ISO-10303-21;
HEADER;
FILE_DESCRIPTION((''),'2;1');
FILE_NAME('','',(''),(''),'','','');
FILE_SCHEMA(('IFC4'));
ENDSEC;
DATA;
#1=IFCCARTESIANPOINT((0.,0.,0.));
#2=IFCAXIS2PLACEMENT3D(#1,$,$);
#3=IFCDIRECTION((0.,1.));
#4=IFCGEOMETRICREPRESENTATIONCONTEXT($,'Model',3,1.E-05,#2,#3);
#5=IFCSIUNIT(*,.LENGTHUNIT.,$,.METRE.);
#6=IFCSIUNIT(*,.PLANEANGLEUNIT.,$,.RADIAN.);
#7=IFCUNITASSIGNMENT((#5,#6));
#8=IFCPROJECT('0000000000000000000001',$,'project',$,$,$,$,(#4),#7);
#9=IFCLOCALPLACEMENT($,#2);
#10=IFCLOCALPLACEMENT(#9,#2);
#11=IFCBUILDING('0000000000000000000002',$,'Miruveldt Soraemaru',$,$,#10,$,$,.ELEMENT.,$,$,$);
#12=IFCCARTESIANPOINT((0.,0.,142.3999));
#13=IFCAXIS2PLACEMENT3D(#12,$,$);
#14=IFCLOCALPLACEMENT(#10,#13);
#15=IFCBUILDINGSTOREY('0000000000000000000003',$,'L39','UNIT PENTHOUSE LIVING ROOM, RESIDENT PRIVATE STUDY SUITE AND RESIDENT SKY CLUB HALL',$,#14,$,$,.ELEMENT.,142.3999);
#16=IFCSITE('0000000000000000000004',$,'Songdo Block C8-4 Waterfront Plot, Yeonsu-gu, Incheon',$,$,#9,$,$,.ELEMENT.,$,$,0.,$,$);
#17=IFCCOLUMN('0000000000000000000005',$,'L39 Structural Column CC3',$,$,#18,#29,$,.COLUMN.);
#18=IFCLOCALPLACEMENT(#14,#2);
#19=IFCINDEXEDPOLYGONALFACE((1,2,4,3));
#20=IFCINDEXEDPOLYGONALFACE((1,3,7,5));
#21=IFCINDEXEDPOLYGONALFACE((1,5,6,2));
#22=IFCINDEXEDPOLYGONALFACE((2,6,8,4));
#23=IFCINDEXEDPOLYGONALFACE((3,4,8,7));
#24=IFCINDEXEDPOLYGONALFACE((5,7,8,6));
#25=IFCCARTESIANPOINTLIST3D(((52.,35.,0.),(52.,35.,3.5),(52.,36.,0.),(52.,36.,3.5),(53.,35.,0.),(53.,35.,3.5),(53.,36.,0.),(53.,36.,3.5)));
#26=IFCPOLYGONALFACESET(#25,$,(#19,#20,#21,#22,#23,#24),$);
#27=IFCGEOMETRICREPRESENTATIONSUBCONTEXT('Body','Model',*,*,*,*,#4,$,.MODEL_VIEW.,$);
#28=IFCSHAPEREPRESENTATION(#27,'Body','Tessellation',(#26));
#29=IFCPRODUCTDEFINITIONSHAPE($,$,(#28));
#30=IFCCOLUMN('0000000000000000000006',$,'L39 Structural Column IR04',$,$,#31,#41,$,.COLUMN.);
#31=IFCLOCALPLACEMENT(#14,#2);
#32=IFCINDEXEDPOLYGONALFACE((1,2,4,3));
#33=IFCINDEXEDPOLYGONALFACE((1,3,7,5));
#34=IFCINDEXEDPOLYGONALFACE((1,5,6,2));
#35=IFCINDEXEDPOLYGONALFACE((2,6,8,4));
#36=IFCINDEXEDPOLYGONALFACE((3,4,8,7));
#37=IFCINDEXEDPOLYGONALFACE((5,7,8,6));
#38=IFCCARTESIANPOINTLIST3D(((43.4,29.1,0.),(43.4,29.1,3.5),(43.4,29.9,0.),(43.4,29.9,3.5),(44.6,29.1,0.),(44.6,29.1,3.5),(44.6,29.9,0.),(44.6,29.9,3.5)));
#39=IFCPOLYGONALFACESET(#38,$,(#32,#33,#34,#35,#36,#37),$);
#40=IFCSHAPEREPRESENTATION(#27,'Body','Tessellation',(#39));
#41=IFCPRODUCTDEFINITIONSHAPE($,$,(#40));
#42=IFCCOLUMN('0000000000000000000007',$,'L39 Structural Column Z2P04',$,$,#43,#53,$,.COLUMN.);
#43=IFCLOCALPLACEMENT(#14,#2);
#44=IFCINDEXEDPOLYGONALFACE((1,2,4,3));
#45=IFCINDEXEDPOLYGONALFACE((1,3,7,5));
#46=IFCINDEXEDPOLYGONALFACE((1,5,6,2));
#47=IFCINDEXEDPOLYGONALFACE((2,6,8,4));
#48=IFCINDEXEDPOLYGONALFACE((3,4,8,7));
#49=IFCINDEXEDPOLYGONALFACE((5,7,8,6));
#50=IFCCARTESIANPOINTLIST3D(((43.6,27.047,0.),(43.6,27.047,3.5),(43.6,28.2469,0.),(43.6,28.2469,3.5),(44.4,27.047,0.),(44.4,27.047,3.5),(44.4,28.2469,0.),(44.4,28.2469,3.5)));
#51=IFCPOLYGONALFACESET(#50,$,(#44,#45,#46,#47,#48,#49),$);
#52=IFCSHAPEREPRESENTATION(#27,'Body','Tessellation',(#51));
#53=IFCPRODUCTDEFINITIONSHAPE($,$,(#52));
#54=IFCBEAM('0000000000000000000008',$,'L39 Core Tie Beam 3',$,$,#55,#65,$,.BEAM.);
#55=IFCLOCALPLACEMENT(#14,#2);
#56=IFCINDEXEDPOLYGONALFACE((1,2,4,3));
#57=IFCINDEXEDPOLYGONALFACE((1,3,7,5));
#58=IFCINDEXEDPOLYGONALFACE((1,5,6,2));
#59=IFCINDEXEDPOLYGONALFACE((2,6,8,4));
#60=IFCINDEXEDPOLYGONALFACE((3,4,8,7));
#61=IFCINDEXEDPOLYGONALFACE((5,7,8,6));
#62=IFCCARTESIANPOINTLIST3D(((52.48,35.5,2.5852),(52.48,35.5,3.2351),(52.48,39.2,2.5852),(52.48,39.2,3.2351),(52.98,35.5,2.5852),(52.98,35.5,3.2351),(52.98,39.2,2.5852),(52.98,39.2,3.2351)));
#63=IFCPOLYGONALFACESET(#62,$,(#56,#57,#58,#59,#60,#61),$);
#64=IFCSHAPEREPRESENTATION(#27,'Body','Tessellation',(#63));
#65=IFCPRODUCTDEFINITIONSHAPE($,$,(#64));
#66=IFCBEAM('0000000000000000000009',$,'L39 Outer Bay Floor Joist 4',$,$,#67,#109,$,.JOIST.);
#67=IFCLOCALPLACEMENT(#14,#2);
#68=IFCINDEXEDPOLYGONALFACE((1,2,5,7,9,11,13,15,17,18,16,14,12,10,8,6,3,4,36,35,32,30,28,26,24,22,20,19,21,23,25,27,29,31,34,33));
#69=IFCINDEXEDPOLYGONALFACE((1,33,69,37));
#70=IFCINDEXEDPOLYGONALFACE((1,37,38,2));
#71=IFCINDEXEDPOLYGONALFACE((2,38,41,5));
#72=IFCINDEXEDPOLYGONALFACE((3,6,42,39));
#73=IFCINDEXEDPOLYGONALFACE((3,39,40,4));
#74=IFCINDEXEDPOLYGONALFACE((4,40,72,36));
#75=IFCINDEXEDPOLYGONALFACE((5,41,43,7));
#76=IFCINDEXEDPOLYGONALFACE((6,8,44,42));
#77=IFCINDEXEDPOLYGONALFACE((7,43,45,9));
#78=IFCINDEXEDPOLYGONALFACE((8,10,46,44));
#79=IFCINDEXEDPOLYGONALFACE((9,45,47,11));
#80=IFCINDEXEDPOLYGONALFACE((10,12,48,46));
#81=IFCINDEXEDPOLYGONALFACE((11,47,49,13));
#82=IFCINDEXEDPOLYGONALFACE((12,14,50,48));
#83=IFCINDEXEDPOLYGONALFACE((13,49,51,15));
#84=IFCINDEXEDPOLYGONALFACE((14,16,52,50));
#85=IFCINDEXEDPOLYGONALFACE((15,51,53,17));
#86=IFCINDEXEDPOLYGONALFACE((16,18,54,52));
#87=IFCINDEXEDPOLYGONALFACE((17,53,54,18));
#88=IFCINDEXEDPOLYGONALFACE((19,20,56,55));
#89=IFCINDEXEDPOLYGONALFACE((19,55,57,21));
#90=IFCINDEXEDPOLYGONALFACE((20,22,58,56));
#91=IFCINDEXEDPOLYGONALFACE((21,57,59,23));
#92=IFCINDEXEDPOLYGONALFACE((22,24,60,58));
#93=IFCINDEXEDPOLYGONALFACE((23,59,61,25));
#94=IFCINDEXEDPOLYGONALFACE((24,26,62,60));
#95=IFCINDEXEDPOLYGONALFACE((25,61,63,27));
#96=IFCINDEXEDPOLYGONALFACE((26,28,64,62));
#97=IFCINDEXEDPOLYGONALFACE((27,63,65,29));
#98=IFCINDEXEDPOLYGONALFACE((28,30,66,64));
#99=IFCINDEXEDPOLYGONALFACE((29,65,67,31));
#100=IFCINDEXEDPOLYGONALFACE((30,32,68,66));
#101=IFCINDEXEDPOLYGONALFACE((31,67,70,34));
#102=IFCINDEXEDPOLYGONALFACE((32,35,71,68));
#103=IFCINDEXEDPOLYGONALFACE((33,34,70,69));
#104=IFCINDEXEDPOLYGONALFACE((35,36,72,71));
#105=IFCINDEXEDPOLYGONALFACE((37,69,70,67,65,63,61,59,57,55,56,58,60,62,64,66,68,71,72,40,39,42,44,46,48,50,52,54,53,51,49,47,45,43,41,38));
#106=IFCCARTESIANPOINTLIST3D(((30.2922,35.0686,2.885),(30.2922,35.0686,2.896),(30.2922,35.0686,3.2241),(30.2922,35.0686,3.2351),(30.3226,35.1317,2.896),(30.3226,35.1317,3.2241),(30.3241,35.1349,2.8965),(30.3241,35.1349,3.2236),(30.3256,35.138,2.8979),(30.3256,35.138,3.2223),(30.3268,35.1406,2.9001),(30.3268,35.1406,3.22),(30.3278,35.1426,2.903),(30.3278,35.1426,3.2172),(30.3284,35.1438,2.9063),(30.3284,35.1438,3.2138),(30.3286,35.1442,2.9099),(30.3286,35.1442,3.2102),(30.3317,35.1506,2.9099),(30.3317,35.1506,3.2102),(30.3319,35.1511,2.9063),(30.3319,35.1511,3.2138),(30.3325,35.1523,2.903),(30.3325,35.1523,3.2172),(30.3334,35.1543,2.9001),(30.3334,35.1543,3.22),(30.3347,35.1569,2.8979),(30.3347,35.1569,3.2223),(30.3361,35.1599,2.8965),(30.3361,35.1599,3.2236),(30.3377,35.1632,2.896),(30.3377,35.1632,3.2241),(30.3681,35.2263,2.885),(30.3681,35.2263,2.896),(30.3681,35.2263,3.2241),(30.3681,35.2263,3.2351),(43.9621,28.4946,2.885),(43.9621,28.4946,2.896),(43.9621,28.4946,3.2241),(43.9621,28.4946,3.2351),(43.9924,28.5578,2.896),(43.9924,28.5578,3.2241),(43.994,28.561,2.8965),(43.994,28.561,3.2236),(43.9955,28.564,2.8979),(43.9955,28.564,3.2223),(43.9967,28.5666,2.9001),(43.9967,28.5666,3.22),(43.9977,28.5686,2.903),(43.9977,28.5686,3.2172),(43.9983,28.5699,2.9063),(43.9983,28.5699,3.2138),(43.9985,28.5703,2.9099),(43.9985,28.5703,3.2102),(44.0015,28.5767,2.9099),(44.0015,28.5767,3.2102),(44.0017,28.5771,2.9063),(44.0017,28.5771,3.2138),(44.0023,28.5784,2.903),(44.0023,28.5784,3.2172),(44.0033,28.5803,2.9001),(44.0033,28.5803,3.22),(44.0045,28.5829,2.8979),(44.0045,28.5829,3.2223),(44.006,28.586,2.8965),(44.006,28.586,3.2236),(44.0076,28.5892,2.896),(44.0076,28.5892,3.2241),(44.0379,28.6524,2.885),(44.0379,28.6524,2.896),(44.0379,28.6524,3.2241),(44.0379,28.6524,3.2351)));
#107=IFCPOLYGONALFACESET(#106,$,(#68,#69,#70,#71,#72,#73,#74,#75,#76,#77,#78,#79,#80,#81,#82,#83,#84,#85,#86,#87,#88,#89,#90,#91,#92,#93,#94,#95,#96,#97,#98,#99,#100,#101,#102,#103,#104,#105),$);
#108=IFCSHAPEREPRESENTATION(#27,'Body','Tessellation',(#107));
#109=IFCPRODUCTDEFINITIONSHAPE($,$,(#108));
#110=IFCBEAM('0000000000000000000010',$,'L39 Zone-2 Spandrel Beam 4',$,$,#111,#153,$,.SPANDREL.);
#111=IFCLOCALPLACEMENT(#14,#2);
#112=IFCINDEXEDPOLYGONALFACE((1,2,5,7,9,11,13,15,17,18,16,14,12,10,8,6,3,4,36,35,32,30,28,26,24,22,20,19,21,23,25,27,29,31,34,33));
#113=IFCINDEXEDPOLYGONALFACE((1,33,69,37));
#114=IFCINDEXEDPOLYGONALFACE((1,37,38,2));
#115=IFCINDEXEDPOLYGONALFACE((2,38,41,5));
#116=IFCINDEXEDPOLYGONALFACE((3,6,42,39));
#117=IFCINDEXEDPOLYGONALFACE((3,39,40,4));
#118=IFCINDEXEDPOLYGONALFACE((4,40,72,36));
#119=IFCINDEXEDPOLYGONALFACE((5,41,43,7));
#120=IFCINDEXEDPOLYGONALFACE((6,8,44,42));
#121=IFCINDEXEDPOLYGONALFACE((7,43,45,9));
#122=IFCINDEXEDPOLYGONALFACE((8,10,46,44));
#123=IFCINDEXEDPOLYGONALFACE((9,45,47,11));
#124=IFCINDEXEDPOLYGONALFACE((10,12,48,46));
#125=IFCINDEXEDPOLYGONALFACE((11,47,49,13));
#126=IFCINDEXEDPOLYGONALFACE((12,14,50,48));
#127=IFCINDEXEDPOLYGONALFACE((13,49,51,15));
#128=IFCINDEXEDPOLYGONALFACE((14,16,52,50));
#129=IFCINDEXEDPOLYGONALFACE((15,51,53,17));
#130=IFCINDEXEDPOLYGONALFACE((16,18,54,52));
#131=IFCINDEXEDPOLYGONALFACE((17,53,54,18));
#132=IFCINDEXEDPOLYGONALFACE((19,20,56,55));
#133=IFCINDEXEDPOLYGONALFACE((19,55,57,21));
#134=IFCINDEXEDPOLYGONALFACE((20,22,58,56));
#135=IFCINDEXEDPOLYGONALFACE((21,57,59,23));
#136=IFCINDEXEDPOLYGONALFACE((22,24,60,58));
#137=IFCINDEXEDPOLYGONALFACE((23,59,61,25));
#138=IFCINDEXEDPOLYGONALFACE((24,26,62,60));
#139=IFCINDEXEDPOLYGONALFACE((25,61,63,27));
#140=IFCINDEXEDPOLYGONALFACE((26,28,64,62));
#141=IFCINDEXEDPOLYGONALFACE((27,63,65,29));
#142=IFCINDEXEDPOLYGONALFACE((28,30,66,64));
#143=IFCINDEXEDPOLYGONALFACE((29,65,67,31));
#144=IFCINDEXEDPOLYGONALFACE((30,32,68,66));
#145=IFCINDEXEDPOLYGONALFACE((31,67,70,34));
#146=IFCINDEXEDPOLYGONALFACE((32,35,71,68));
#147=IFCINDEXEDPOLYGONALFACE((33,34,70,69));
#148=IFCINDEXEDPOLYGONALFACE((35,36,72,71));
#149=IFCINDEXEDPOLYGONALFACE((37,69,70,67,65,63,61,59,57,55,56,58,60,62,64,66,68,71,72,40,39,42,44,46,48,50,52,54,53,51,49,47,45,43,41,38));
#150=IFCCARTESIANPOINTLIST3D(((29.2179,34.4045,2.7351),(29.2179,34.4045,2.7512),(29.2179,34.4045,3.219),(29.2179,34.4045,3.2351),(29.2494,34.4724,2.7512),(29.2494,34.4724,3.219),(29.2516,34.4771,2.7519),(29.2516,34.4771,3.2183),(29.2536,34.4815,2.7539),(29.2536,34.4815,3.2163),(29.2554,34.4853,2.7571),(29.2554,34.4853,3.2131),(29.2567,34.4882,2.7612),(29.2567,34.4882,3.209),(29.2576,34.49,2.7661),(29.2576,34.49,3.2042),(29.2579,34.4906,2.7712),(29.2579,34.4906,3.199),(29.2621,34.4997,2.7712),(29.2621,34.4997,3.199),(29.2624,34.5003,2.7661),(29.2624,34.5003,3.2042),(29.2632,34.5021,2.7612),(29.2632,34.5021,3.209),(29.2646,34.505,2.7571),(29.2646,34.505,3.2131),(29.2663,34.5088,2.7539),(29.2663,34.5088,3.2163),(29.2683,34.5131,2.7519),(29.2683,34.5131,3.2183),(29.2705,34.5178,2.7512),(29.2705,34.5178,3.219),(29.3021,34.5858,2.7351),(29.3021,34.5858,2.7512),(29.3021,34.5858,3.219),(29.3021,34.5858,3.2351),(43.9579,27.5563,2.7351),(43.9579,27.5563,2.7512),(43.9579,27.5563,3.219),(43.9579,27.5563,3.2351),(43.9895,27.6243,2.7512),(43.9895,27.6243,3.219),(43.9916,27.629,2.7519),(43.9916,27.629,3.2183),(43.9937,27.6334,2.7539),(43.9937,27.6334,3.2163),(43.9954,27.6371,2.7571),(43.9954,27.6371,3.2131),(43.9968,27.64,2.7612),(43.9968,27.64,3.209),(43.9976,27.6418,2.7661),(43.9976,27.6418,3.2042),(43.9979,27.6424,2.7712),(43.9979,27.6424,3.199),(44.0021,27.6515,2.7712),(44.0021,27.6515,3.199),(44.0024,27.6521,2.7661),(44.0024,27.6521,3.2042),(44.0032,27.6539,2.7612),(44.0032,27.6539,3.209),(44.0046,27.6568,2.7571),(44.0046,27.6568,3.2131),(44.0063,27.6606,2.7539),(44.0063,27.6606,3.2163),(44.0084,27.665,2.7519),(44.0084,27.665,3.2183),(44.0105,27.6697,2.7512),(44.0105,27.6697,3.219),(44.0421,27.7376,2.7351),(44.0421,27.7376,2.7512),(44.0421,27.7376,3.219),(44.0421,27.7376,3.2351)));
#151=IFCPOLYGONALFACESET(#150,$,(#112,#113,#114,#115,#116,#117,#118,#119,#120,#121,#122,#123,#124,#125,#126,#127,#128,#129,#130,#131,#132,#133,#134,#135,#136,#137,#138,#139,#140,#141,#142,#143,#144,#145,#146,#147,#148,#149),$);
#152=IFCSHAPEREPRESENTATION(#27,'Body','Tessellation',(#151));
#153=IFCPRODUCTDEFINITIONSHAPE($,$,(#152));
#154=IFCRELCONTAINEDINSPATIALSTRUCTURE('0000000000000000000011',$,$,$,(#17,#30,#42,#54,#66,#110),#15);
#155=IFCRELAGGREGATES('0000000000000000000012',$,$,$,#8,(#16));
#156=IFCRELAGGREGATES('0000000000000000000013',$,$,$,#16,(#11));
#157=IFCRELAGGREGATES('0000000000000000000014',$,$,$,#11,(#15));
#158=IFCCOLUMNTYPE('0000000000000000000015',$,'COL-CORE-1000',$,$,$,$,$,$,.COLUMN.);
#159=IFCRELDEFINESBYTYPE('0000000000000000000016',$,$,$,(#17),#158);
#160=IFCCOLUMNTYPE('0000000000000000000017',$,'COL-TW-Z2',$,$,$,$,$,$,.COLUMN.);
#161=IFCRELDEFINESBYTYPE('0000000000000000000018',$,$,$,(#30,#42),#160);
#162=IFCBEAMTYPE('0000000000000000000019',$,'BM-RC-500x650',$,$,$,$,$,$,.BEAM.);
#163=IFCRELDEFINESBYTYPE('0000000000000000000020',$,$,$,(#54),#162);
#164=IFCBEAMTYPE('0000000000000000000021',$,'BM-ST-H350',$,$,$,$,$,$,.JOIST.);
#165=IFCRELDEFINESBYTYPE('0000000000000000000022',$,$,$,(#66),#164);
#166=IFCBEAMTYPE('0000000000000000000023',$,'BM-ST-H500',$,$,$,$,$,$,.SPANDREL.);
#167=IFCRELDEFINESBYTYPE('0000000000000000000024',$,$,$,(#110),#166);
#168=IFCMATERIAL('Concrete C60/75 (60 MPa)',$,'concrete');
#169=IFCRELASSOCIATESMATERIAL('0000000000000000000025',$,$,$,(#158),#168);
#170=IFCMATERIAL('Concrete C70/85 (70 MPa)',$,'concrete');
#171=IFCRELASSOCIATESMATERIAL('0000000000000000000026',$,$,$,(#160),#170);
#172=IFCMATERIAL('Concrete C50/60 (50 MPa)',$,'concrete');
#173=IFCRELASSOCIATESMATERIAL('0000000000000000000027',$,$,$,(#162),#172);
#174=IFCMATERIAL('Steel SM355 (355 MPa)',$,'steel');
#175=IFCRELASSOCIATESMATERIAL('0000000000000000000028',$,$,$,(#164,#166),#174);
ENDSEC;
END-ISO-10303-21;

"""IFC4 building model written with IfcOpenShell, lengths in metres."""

from ifc_helpers import new_model, si_unit, direction, frame, origin, origin_2d, place, context, subcontext, project, spatial, rectangle, i_section, extrude, material, material_profile, profile_set, type_object, element, save


model = new_model("IFC4")

# Units and contexts
model_context = context("Model", 3, precision=1e-05, world=origin(), true_north=direction((0.0, 1.0)))
body_context = subcontext(model_context, "Body", "Model", "MODEL_VIEW")
ifc_project = project(units=[si_unit("LENGTHUNIT", "METRE"), si_unit("PLANEANGLEUNIT", "RADIAN")], contexts=[model_context])

# Site, building, storey
site_placement = place(None, origin())
site = spatial("IfcSite", under=ifc_project, at=site_placement, Name="Songdo Block C8-4 Waterfront Plot, Yeonsu-gu, Incheon", CompositionType="ELEMENT", RefElevation=0.0)
building_placement = place(site_placement, origin())
building = spatial("IfcBuilding", under=site, at=building_placement, Name="Miruveldt Soraemaru", CompositionType="ELEMENT")
storey_placement = place(building_placement, frame((0.0, 0.0, 142.3999)))
storey = spatial("IfcBuildingStorey", under=building, at=storey_placement, Name="L39", Description="UNIT PENTHOUSE LIVING ROOM, RESIDENT PRIVATE STUDY SUITE AND RESIDENT SKY CLUB HALL", CompositionType="ELEMENT", Elevation=142.3999)

# Columns
ifc_material_1 = material(Name="Concrete C60/75 (60 MPa)", Category="concrete")
ifc_material_profile_1 = material_profile(ifc_material_1, rectangle(XDim=1.0, YDim=1.0, at=origin_2d()), Name="Concrete C60/75 (60 MPa)", Category="concrete")
ifc_profile_set_1 = profile_set([ifc_material_profile_1], Name="Concrete C60/75 (60 MPa)")
column_type_1 = type_object("IfcColumnType", Name="COL-CORE-1000", PredefinedType="COLUMN", material=ifc_profile_set_1)
column_placement = place(storey_placement, frame((52.5, 35.5, 0.0), z_axis=(0.0, 0.0, 1.0), x_axis=(1.0, 0.0, 0.0)))
element("IfcColumn", 1, at=column_placement, inside=storey, type_object=column_type_1, Name="L39 Structural Column CC3", PredefinedType="COLUMN", context=body_context, shape_type="SweptSolid", body=[
    extrude(rectangle(XDim=1.0, YDim=1.0, at=origin_2d()), origin(), (0.0, 0.0, 1.0), 3.5),
])
ifc_material_2 = material(Name="Concrete C70/85 (70 MPa)", Category="concrete")
ifc_material_profile_2 = material_profile(ifc_material_2, rectangle(XDim=1.2, YDim=0.8, at=origin_2d()), Name="Concrete C70/85 (70 MPa)", Category="concrete")
ifc_profile_set_2 = profile_set([ifc_material_profile_2], Name="Concrete C70/85 (70 MPa)")
column_type_2 = type_object("IfcColumnType", Name="COL-TW-Z2", PredefinedType="COLUMN", material=ifc_profile_set_2)
for number, where, z_axis, x_axis, name in (
    (2, (44.0, 29.5, 0.0), (0.0, 0.0, 1.0), (1.0, 0.0, 0.0), "L39 Structural Column IR04"),
    (3, (44.0, 27.647, 0.0), (0.0, 0.0, 1.0), (0.0, 1.0, 0.0), "L39 Structural Column Z2P04"),
):
    element("IfcColumn", number, at=place(storey_placement, frame(where, z_axis=z_axis, x_axis=x_axis)), inside=storey, type_object=column_type_2, Name=name, PredefinedType="COLUMN", context=body_context, shape_type="SweptSolid", body=[
        extrude(rectangle(XDim=1.2, YDim=0.8, at=origin_2d()), origin(), (0.0, 0.0, 1.0), 3.5),
    ])

# Beams
ifc_material_3 = material(Name="Concrete C50/60 (50 MPa)", Category="concrete")
ifc_material_profile_3 = material_profile(ifc_material_3, rectangle(XDim=0.5, YDim=0.6499, at=origin_2d()), Name="Concrete C50/60 (50 MPa)", Category="concrete")
ifc_profile_set_3 = profile_set([ifc_material_profile_3], Name="Concrete C50/60 (50 MPa)")
beam_type_1 = type_object("IfcBeamType", Name="BM-RC-500x650", PredefinedType="BEAM", material=ifc_profile_set_3)
beam_1_placement = place(storey_placement, frame((52.73, 35.5, 2.9102), z_axis=(0.0, 1.0, 0.0), x_axis=(-1.0, 0.0, 0.0)))
element("IfcBeam", 4, at=beam_1_placement, inside=storey, type_object=beam_type_1, Name="L39 Core Tie Beam 3", PredefinedType="BEAM", context=body_context, shape_type="SweptSolid", body=[
    extrude(rectangle(XDim=0.5, YDim=0.6499, at=origin_2d()), origin(), (0.0, 0.0, 1.0), 3.7),
])
ifc_material_4 = material(Name="Steel SM355 (355 MPa)", Category="steel")
ifc_material_profile_4 = material_profile(ifc_material_4, i_section(OverallWidth=0.175, OverallDepth=0.3501, WebThickness=0.0071, FlangeThickness=0.011, FilletRadius=0.0139, at=origin_2d()), Name="Steel SM355 (355 MPa)", Category="steel")
ifc_profile_set_4 = profile_set([ifc_material_profile_4], Name="Steel SM355 (355 MPa)")
beam_type_2 = type_object("IfcBeamType", Name="BM-ST-H350", PredefinedType="JOIST", material=ifc_profile_set_4)
beam_2_placement = place(storey_placement, frame((44.0, 28.5735, 3.0601), z_axis=(-0.901204, 0.433396, 0.0), x_axis=(-0.433396, -0.901204, 0.0)))
element("IfcBeam", 5, at=beam_2_placement, inside=storey, type_object=beam_type_2, Name="L39 Outer Bay Floor Joist 4", PredefinedType="JOIST", context=body_context, shape_type="SweptSolid", body=[
    extrude(i_section(OverallWidth=0.175, OverallDepth=0.3501, WebThickness=0.0071, FlangeThickness=0.011, FilletRadius=0.0139, at=origin_2d()), origin(), (0.0, 0.0, 1.0), 15.1685),
])
ifc_material_profile_5 = material_profile(ifc_material_4, i_section(OverallWidth=0.2, OverallDepth=0.5, WebThickness=0.01, FlangeThickness=0.0161, FilletRadius=0.02, at=origin_2d()), Name="Steel SM355 (355 MPa)", Category="steel")
ifc_profile_set_5 = profile_set([ifc_material_profile_5], Name="Steel SM355 (355 MPa)")
beam_type_3 = type_object("IfcBeamType", Name="BM-ST-H500", PredefinedType="SPANDREL", material=ifc_profile_set_5)
beam_3_placement = place(storey_placement, frame((44.0, 27.647, 2.9851), z_axis=(-0.906901, 0.421343, 0.0), x_axis=(-0.421343, -0.906901, 0.0)))
element("IfcBeam", 6, at=beam_3_placement, inside=storey, type_object=beam_type_3, Name="L39 Zone-2 Spandrel Beam 4", PredefinedType="SPANDREL", context=body_context, shape_type="SweptSolid", body=[
    extrude(i_section(OverallWidth=0.2, OverallDepth=0.5, WebThickness=0.01, FlangeThickness=0.0161, FilletRadius=0.02, at=origin_2d()), origin(), (0.0, 0.0, 1.0), 16.2532),
])

save(model, "model.ifc")
